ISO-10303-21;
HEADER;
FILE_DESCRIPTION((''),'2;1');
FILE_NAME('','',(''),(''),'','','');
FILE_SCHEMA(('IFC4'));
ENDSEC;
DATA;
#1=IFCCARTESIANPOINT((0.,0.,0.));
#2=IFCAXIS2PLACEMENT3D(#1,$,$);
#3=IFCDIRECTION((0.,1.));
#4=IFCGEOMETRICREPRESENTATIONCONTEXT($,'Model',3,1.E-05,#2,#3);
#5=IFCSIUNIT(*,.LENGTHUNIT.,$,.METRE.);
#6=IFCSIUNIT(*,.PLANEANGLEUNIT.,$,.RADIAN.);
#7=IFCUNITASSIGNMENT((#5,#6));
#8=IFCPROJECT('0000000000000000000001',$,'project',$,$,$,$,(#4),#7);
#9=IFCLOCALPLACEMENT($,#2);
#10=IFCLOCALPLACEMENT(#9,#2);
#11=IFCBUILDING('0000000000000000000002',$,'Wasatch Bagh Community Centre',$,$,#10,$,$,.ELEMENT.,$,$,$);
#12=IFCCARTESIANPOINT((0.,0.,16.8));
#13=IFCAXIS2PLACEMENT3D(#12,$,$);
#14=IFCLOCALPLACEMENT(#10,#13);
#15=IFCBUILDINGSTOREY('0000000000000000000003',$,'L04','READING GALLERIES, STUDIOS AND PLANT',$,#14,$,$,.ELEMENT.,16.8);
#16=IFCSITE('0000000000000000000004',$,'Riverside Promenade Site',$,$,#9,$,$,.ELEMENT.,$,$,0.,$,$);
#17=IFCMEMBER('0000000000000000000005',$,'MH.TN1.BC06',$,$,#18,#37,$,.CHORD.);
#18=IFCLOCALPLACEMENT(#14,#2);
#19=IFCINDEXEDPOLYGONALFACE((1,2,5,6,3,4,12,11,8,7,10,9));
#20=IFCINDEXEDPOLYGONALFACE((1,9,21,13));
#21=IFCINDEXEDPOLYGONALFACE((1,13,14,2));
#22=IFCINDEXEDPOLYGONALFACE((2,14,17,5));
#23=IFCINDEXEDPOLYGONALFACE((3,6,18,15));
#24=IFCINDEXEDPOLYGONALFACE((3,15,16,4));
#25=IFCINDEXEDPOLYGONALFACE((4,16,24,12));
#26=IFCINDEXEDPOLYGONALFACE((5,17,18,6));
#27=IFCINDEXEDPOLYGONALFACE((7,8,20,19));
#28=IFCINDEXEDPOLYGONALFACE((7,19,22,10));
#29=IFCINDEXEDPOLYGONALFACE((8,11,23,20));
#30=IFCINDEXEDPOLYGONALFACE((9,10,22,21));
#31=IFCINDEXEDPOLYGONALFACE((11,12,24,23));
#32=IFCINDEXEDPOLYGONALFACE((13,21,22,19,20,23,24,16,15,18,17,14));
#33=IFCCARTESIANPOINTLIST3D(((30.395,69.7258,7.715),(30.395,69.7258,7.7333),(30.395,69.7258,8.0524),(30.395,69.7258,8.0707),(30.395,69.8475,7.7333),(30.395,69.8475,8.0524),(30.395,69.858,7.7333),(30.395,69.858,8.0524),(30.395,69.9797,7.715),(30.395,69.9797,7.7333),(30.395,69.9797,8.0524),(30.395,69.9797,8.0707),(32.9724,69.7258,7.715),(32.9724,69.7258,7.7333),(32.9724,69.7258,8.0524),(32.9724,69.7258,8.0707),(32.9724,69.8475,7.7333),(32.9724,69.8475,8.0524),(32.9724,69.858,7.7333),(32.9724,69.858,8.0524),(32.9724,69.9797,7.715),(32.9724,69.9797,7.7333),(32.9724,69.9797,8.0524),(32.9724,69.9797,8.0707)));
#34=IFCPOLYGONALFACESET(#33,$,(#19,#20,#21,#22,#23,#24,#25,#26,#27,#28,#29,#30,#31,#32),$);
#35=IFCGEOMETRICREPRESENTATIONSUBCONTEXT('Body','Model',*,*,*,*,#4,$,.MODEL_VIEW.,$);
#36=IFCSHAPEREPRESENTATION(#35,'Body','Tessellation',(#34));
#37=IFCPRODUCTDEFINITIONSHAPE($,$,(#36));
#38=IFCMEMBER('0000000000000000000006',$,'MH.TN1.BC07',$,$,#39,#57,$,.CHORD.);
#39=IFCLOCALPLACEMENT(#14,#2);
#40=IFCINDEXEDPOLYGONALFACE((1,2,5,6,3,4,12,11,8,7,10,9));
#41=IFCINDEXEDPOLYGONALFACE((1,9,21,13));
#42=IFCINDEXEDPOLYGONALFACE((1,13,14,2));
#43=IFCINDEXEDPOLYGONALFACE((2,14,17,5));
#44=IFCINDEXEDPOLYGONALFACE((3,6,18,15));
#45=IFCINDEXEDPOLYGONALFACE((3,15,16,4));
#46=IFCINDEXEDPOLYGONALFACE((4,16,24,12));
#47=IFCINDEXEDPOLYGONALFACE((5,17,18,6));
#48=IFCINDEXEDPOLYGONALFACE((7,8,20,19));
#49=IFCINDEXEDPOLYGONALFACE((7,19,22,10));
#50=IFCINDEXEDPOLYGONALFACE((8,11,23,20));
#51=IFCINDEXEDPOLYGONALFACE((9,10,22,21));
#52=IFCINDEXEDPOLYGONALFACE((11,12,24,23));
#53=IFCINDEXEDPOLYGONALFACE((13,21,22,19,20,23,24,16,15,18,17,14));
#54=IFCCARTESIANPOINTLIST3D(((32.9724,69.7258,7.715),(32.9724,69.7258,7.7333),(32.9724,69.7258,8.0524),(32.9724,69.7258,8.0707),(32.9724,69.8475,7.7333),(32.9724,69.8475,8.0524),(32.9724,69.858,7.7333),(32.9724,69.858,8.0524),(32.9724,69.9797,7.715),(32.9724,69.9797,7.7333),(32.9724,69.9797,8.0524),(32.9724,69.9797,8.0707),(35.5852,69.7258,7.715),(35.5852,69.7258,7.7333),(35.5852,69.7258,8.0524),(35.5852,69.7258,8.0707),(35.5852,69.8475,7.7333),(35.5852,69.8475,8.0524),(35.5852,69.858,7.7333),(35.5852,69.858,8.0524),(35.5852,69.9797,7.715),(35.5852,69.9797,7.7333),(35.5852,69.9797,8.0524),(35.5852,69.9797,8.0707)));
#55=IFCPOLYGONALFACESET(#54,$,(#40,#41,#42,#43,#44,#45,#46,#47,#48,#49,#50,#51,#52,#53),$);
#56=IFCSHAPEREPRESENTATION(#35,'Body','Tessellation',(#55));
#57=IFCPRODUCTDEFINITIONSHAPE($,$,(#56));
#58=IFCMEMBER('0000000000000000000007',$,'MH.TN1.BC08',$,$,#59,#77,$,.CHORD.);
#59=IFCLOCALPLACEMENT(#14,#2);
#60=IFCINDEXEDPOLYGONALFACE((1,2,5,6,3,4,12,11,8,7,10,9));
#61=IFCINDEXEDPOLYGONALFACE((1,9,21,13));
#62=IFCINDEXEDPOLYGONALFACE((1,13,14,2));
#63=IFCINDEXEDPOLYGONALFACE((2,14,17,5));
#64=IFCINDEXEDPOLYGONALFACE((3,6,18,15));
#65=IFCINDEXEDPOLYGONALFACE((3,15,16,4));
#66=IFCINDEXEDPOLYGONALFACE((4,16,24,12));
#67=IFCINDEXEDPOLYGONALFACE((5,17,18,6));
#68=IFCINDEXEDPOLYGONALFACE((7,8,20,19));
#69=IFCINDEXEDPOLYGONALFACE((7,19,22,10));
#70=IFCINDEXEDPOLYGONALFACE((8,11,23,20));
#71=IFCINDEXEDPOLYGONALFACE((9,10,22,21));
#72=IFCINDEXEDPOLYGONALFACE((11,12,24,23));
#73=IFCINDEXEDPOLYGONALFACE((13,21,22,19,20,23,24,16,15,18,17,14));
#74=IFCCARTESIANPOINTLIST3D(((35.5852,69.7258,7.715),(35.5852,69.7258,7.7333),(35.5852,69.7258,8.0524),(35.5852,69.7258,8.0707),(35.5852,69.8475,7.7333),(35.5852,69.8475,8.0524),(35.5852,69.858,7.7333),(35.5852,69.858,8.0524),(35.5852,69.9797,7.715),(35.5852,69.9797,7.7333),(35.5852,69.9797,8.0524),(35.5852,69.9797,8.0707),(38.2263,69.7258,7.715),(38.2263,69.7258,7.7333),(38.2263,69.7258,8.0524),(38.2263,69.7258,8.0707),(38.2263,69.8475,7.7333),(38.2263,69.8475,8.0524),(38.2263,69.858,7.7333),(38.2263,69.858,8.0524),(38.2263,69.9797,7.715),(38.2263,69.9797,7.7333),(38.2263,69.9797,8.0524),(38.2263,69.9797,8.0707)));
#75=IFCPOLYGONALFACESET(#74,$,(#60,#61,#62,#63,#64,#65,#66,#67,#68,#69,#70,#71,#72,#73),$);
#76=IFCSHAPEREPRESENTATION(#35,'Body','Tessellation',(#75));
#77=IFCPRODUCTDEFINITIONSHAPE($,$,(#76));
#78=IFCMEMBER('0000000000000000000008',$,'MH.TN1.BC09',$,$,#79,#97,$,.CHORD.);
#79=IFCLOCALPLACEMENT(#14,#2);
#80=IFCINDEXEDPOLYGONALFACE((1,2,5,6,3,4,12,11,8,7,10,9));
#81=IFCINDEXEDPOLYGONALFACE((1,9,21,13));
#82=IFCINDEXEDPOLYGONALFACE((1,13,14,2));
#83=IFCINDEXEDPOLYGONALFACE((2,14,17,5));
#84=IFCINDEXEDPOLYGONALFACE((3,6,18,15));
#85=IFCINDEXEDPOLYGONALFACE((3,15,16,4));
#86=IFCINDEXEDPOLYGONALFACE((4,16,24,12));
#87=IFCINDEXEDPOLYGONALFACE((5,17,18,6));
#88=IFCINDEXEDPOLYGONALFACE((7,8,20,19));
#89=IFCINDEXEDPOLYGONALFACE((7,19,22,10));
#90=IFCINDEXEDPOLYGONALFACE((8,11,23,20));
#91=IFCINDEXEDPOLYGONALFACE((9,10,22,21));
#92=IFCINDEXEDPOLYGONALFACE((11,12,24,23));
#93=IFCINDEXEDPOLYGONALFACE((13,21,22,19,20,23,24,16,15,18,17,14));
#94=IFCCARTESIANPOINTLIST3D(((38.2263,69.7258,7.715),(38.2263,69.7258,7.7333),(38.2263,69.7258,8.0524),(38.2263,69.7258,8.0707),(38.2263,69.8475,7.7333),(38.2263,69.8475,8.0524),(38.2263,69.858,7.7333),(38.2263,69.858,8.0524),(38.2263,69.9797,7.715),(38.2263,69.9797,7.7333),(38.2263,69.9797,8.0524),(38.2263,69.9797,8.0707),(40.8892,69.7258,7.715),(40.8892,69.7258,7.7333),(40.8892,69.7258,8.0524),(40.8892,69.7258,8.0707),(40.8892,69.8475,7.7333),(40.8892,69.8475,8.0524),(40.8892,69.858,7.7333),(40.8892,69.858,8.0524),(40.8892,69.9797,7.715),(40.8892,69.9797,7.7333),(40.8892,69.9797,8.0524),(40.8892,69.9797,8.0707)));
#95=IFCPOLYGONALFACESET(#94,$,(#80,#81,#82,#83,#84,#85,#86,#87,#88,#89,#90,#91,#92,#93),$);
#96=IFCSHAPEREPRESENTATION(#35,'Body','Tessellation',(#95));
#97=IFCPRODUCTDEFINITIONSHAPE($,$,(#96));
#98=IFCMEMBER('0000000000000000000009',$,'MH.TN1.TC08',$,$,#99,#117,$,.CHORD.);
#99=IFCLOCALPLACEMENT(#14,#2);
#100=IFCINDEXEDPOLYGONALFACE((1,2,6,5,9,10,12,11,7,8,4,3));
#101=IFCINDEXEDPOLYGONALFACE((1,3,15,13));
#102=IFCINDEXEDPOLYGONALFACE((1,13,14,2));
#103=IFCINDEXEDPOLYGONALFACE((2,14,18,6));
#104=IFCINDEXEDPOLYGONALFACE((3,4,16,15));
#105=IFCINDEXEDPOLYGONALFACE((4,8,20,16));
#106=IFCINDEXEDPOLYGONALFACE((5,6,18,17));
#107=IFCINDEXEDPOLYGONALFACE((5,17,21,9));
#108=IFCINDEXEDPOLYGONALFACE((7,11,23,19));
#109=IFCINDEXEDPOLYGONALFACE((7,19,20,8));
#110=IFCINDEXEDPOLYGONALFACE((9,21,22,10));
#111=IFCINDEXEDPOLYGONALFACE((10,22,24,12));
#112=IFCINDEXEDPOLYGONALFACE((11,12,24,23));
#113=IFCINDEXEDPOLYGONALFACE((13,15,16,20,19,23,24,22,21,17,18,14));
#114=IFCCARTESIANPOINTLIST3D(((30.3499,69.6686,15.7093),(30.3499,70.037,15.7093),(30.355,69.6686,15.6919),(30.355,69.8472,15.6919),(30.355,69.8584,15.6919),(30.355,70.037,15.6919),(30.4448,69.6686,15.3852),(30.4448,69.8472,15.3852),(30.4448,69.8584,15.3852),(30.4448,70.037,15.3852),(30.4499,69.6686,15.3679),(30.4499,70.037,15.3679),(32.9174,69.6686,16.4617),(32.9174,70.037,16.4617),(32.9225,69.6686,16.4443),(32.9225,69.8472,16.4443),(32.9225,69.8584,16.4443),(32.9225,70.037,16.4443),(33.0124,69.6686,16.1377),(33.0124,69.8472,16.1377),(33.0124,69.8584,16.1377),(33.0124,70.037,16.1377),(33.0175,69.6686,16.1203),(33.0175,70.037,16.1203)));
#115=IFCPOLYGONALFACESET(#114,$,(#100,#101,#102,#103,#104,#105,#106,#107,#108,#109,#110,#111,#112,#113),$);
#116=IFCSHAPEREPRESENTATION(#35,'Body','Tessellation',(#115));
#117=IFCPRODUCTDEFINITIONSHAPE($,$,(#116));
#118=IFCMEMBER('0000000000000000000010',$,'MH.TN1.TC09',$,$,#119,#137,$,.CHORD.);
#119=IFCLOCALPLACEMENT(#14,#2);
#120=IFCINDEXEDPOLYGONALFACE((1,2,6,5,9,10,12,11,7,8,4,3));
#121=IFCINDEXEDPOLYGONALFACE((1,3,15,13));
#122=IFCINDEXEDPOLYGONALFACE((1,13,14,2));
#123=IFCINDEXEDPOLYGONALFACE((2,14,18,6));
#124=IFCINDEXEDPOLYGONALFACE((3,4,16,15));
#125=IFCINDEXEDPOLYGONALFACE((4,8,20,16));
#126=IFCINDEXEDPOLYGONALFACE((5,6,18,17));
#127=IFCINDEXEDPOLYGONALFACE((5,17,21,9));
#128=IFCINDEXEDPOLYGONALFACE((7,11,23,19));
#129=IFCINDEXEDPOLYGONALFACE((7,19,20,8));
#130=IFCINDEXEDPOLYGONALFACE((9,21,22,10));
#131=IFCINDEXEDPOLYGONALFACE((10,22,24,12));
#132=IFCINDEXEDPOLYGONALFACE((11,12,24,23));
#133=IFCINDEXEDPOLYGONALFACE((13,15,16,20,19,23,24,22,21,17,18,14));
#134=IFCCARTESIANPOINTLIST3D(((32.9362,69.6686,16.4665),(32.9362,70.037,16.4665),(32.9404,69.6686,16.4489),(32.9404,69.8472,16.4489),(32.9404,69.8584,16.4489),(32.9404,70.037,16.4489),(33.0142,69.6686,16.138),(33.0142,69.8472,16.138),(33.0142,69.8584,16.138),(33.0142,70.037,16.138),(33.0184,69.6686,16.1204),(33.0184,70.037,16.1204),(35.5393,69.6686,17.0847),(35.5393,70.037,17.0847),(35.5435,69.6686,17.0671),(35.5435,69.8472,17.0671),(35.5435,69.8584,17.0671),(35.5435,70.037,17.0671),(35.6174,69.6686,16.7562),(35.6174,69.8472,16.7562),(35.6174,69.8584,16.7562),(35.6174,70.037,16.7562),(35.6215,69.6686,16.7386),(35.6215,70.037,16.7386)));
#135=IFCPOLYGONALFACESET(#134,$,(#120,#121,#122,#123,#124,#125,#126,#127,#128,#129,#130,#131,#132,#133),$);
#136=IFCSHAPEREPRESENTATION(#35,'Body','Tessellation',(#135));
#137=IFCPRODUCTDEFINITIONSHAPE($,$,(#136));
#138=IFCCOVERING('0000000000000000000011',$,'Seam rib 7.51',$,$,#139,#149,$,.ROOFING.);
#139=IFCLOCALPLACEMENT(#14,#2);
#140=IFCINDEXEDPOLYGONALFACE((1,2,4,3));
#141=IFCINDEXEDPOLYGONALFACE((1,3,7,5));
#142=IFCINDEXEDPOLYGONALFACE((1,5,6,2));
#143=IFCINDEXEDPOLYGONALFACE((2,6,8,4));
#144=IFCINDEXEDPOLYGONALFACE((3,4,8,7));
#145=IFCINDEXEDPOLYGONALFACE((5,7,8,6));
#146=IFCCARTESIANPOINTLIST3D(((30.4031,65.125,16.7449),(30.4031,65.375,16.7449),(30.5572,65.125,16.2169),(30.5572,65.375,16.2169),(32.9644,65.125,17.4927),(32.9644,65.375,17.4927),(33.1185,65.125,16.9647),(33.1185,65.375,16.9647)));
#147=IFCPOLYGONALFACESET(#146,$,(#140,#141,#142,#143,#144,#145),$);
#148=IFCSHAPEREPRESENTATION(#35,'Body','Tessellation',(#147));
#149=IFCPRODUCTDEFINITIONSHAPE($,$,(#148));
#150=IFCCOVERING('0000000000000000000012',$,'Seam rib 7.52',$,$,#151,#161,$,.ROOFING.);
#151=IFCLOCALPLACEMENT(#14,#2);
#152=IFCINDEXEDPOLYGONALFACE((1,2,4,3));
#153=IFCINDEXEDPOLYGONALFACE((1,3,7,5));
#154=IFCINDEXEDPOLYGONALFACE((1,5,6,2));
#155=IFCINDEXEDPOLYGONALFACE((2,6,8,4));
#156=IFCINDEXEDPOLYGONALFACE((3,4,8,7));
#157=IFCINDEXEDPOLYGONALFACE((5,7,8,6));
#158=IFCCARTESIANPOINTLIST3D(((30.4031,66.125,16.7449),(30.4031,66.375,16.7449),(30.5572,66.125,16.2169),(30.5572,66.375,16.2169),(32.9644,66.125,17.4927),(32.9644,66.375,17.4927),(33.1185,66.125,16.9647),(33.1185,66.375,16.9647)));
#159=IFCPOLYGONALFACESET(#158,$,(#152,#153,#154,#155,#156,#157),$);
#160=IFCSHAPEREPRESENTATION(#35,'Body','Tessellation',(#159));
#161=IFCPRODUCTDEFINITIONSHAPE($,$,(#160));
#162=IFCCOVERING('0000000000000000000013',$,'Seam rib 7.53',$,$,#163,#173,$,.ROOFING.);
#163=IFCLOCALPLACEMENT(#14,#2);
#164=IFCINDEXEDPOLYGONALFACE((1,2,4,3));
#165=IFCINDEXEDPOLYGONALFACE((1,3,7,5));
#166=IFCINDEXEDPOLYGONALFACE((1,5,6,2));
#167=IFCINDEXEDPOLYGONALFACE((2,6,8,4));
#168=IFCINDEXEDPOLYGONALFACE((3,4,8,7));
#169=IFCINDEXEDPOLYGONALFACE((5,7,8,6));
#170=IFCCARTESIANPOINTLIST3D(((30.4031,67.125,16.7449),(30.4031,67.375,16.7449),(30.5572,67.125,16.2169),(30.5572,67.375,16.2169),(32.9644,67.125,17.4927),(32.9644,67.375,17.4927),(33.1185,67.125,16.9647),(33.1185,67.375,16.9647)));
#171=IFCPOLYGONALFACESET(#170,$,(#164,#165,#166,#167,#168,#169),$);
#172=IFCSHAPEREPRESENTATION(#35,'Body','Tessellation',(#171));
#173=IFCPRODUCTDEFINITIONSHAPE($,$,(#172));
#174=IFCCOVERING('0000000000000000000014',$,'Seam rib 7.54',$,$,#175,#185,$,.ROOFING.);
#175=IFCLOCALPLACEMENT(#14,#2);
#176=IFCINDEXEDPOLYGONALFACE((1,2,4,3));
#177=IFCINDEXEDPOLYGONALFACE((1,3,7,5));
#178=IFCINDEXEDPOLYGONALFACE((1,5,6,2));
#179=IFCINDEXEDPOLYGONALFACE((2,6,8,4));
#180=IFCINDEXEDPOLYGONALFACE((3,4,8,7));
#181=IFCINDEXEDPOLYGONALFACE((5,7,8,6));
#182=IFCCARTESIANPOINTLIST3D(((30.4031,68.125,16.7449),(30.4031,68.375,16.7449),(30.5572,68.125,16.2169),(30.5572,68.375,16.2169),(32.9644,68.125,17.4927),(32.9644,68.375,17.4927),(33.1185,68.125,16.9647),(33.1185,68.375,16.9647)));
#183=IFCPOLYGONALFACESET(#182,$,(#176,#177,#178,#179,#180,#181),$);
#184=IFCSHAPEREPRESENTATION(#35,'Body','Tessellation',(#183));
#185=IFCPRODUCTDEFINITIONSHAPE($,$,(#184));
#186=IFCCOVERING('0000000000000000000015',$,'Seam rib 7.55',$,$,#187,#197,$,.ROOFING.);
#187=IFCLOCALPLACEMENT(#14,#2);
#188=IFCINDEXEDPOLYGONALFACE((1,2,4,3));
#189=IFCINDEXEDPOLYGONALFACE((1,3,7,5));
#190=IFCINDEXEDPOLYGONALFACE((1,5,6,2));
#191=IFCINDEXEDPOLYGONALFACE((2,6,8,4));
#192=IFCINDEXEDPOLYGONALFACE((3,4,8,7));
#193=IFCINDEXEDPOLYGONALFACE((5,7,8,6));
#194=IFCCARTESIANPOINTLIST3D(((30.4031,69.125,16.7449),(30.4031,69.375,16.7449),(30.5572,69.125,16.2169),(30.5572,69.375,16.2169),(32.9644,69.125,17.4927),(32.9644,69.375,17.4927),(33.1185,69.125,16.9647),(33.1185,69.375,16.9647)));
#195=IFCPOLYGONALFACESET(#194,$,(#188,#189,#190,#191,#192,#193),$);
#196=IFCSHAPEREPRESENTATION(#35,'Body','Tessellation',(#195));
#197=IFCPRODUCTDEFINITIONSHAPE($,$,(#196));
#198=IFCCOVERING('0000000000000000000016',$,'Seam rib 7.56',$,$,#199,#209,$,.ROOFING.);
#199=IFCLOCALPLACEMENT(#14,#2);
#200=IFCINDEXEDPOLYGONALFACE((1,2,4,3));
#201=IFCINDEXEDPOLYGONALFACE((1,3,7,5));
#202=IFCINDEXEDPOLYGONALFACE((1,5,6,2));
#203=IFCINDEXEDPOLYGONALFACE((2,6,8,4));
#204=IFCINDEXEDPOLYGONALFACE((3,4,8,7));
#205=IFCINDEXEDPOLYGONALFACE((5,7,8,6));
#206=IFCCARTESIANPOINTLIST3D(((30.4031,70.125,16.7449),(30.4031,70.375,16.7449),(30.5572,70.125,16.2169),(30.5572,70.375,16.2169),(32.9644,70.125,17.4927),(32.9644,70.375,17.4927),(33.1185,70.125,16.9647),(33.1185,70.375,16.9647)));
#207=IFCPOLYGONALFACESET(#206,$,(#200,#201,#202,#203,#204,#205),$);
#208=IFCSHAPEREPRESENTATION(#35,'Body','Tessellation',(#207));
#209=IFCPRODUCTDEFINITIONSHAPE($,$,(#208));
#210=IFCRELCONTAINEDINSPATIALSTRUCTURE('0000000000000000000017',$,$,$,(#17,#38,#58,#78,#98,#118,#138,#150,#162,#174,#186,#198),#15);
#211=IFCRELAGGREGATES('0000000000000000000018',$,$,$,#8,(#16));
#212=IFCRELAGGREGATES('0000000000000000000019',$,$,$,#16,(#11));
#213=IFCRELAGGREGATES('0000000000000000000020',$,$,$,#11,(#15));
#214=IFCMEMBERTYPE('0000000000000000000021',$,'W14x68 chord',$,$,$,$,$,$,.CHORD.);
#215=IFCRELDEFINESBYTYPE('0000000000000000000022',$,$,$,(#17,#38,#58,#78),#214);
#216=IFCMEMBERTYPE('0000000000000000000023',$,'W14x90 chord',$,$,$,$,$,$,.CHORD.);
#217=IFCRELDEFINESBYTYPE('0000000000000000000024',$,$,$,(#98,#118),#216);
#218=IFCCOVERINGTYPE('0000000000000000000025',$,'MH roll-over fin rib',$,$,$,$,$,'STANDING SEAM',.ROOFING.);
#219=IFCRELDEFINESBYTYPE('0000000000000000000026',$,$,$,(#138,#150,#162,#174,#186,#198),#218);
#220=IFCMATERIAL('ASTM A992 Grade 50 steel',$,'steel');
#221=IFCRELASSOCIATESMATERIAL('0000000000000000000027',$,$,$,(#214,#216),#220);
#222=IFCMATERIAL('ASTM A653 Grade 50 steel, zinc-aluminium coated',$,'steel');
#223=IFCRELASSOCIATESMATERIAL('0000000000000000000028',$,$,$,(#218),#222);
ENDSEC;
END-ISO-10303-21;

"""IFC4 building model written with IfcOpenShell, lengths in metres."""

from ifc_helpers import new_model, si_unit, direction, frame, origin, origin_2d, place, context, subcontext, project, spatial, polyline, i_section, outline, extrude, material, material_profile, profile_set, type_object, element, save


model = new_model("IFC4")

# Units and contexts
model_context = context("Model", 3, precision=1e-05, world=origin(), true_north=direction((0.0, 1.0)))
body_context = subcontext(model_context, "Body", "Model", "MODEL_VIEW")
ifc_project = project(units=[si_unit("LENGTHUNIT", "METRE"), si_unit("PLANEANGLEUNIT", "RADIAN")], contexts=[model_context])

# Site, building, storey
site_placement = place(None, origin())
site = spatial("IfcSite", under=ifc_project, at=site_placement, Name="Riverside Promenade Site", CompositionType="ELEMENT", RefElevation=0.0)
building_placement = place(site_placement, origin())
building = spatial("IfcBuilding", under=site, at=building_placement, Name="Wasatch Bagh Community Centre", CompositionType="ELEMENT")
storey_placement = place(building_placement, frame((0.0, 0.0, 16.8)))
storey = spatial("IfcBuildingStorey", under=building, at=storey_placement, Name="L04", Description="READING GALLERIES, STUDIOS AND PLANT", CompositionType="ELEMENT", Elevation=16.8)

# Members
ifc_material_1 = material(Name="ASTM A992 Grade 50 steel", Category="steel")
ifc_material_profile_1 = material_profile(ifc_material_1, i_section(OverallWidth=0.2539, OverallDepth=0.3557, WebThickness=0.0105, FlangeThickness=0.0183, at=origin_2d()), Name="W14x68")
ifc_profile_set_1 = profile_set([ifc_material_profile_1], Name="ASTM A992 Grade 50 steel")
member_type_1 = type_object("IfcMemberType", Name="W14x68 chord", PredefinedType="CHORD", material=ifc_profile_set_1)
member_1_placement = place(storey_placement, frame((30.395, 69.8528, 7.8928), z_axis=(1.0, 0.0, 0.0), x_axis=(0.0, 1.0, 0.0)))
element("IfcMember", 1, at=member_1_placement, inside=storey, type_object=member_type_1, Name="MH.TN1.BC06", PredefinedType="CHORD", context=body_context, shape_type="SweptSolid", body=[
    extrude(i_section(OverallWidth=0.2539, OverallDepth=0.3557, WebThickness=0.0105, FlangeThickness=0.0183, at=origin_2d()), origin(), (0.0, 0.0, 1.0), 2.5774),
])
member_2_placement = place(storey_placement, frame((32.9724, 69.8528, 7.8928), z_axis=(1.0, 0.0, 0.0), x_axis=(0.0, 1.0, 0.0)))
element("IfcMember", 2, at=member_2_placement, inside=storey, type_object=member_type_1, Name="MH.TN1.BC07", PredefinedType="CHORD", context=body_context, shape_type="SweptSolid", body=[
    extrude(i_section(OverallWidth=0.2539, OverallDepth=0.3557, WebThickness=0.0105, FlangeThickness=0.0183, at=origin_2d()), origin(), (0.0, 0.0, 1.0), 2.6128),
])
member_3_placement = place(storey_placement, frame((35.5852, 69.8528, 7.8928), z_axis=(1.0, 0.0, 0.0), x_axis=(0.0, 1.0, 0.0)))
element("IfcMember", 3, at=member_3_placement, inside=storey, type_object=member_type_1, Name="MH.TN1.BC08", PredefinedType="CHORD", context=body_context, shape_type="SweptSolid", body=[
    extrude(i_section(OverallWidth=0.2539, OverallDepth=0.3557, WebThickness=0.0105, FlangeThickness=0.0183, at=origin_2d()), origin(), (0.0, 0.0, 1.0), 2.6411),
])
member_4_placement = place(storey_placement, frame((38.2263, 69.8528, 7.8928), z_axis=(1.0, 0.0, 0.0), x_axis=(0.0, 1.0, 0.0)))
element("IfcMember", 4, at=member_4_placement, inside=storey, type_object=member_type_1, Name="MH.TN1.BC09", PredefinedType="CHORD", context=body_context, shape_type="SweptSolid", body=[
    extrude(i_section(OverallWidth=0.2539, OverallDepth=0.3557, WebThickness=0.0105, FlangeThickness=0.0183, at=origin_2d()), origin(), (0.0, 0.0, 1.0), 2.6628),
])
ifc_material_profile_2 = material_profile(ifc_material_1, i_section(OverallWidth=0.3684, OverallDepth=0.3557, WebThickness=0.0112, FlangeThickness=0.0181, at=origin_2d()), Name="W14x90")
ifc_profile_set_2 = profile_set([ifc_material_profile_2], Name="ASTM A992 Grade 50 steel")
member_type_2 = type_object("IfcMemberType", Name="W14x90 chord", PredefinedType="CHORD", material=ifc_profile_set_2)
for number, where, z_axis, x_axis, name in (
    (5, (30.3999, 69.8528, 15.5386), (0.959643, 0.0, 0.281223), (0.0, 1.0, 0.0), "MH.TN1.TC08"),
    (6, (32.9773, 69.8528, 16.2935), (0.972941, 0.0, 0.231053), (0.0, 1.0, 0.0), "MH.TN1.TC09"),
):
    element("IfcMember", number, at=place(storey_placement, frame(where, z_axis=z_axis, x_axis=x_axis)), inside=storey, type_object=member_type_2, Name=name, PredefinedType="CHORD", context=body_context, shape_type="SweptSolid", body=[
        extrude(i_section(OverallWidth=0.3684, OverallDepth=0.3557, WebThickness=0.0112, FlangeThickness=0.0181, at=origin_2d()), origin(), (0.0, 0.0, 1.0), 2.6755),
    ])

# Coverings
ifc_material_2 = material(Name="ASTM A653 Grade 50 steel, zinc-aluminium coated", Category="steel")
covering_type = type_object("IfcCoveringType", Name="MH roll-over fin rib", ElementType="STANDING SEAM", PredefinedType="ROOFING", material=ifc_material_2)
for number, where, z_axis, x_axis, name in (
    (7, (30.4031, 65.125, 16.7449), (-0.280264, 0.0, 0.959923), (0.959923, 0.0, 0.280264), "Seam rib 7.51"),
    (8, (30.4031, 66.125, 16.7449), (-0.280264, 0.0, 0.959923), (0.959923, 0.0, 0.280264), "Seam rib 7.52"),
    (9, (30.4031, 67.125, 16.7449), (-0.280264, 0.0, 0.959923), (0.959923, 0.0, 0.280264), "Seam rib 7.53"),
    (10, (30.4031, 68.125, 16.7449), (-0.280264, 0.0, 0.959923), (0.959923, 0.0, 0.280264), "Seam rib 7.54"),
    (11, (30.4031, 69.125, 16.7449), (-0.280264, 0.0, 0.959923), (0.959923, 0.0, 0.280264), "Seam rib 7.55"),
    (12, (30.4031, 70.125, 16.7449), (-0.280264, 0.0, 0.959923), (0.959923, 0.0, 0.280264), "Seam rib 7.56"),
):
    element("IfcCovering", number, at=place(storey_placement, frame(where, z_axis=z_axis, x_axis=x_axis)), inside=storey, type_object=covering_type, Name=name, PredefinedType="ROOFING", context=body_context, shape_type="SweptSolid", body=[
        extrude(outline(polyline([(0.0, 0.0), (2.6682, 0.0), (2.6682, 0.25), (0.0, 0.25), (0.0, 0.0)])), origin(), (0.0, 0.0, -1.0), 0.55),
    ])

save(model, "model.ifc")
